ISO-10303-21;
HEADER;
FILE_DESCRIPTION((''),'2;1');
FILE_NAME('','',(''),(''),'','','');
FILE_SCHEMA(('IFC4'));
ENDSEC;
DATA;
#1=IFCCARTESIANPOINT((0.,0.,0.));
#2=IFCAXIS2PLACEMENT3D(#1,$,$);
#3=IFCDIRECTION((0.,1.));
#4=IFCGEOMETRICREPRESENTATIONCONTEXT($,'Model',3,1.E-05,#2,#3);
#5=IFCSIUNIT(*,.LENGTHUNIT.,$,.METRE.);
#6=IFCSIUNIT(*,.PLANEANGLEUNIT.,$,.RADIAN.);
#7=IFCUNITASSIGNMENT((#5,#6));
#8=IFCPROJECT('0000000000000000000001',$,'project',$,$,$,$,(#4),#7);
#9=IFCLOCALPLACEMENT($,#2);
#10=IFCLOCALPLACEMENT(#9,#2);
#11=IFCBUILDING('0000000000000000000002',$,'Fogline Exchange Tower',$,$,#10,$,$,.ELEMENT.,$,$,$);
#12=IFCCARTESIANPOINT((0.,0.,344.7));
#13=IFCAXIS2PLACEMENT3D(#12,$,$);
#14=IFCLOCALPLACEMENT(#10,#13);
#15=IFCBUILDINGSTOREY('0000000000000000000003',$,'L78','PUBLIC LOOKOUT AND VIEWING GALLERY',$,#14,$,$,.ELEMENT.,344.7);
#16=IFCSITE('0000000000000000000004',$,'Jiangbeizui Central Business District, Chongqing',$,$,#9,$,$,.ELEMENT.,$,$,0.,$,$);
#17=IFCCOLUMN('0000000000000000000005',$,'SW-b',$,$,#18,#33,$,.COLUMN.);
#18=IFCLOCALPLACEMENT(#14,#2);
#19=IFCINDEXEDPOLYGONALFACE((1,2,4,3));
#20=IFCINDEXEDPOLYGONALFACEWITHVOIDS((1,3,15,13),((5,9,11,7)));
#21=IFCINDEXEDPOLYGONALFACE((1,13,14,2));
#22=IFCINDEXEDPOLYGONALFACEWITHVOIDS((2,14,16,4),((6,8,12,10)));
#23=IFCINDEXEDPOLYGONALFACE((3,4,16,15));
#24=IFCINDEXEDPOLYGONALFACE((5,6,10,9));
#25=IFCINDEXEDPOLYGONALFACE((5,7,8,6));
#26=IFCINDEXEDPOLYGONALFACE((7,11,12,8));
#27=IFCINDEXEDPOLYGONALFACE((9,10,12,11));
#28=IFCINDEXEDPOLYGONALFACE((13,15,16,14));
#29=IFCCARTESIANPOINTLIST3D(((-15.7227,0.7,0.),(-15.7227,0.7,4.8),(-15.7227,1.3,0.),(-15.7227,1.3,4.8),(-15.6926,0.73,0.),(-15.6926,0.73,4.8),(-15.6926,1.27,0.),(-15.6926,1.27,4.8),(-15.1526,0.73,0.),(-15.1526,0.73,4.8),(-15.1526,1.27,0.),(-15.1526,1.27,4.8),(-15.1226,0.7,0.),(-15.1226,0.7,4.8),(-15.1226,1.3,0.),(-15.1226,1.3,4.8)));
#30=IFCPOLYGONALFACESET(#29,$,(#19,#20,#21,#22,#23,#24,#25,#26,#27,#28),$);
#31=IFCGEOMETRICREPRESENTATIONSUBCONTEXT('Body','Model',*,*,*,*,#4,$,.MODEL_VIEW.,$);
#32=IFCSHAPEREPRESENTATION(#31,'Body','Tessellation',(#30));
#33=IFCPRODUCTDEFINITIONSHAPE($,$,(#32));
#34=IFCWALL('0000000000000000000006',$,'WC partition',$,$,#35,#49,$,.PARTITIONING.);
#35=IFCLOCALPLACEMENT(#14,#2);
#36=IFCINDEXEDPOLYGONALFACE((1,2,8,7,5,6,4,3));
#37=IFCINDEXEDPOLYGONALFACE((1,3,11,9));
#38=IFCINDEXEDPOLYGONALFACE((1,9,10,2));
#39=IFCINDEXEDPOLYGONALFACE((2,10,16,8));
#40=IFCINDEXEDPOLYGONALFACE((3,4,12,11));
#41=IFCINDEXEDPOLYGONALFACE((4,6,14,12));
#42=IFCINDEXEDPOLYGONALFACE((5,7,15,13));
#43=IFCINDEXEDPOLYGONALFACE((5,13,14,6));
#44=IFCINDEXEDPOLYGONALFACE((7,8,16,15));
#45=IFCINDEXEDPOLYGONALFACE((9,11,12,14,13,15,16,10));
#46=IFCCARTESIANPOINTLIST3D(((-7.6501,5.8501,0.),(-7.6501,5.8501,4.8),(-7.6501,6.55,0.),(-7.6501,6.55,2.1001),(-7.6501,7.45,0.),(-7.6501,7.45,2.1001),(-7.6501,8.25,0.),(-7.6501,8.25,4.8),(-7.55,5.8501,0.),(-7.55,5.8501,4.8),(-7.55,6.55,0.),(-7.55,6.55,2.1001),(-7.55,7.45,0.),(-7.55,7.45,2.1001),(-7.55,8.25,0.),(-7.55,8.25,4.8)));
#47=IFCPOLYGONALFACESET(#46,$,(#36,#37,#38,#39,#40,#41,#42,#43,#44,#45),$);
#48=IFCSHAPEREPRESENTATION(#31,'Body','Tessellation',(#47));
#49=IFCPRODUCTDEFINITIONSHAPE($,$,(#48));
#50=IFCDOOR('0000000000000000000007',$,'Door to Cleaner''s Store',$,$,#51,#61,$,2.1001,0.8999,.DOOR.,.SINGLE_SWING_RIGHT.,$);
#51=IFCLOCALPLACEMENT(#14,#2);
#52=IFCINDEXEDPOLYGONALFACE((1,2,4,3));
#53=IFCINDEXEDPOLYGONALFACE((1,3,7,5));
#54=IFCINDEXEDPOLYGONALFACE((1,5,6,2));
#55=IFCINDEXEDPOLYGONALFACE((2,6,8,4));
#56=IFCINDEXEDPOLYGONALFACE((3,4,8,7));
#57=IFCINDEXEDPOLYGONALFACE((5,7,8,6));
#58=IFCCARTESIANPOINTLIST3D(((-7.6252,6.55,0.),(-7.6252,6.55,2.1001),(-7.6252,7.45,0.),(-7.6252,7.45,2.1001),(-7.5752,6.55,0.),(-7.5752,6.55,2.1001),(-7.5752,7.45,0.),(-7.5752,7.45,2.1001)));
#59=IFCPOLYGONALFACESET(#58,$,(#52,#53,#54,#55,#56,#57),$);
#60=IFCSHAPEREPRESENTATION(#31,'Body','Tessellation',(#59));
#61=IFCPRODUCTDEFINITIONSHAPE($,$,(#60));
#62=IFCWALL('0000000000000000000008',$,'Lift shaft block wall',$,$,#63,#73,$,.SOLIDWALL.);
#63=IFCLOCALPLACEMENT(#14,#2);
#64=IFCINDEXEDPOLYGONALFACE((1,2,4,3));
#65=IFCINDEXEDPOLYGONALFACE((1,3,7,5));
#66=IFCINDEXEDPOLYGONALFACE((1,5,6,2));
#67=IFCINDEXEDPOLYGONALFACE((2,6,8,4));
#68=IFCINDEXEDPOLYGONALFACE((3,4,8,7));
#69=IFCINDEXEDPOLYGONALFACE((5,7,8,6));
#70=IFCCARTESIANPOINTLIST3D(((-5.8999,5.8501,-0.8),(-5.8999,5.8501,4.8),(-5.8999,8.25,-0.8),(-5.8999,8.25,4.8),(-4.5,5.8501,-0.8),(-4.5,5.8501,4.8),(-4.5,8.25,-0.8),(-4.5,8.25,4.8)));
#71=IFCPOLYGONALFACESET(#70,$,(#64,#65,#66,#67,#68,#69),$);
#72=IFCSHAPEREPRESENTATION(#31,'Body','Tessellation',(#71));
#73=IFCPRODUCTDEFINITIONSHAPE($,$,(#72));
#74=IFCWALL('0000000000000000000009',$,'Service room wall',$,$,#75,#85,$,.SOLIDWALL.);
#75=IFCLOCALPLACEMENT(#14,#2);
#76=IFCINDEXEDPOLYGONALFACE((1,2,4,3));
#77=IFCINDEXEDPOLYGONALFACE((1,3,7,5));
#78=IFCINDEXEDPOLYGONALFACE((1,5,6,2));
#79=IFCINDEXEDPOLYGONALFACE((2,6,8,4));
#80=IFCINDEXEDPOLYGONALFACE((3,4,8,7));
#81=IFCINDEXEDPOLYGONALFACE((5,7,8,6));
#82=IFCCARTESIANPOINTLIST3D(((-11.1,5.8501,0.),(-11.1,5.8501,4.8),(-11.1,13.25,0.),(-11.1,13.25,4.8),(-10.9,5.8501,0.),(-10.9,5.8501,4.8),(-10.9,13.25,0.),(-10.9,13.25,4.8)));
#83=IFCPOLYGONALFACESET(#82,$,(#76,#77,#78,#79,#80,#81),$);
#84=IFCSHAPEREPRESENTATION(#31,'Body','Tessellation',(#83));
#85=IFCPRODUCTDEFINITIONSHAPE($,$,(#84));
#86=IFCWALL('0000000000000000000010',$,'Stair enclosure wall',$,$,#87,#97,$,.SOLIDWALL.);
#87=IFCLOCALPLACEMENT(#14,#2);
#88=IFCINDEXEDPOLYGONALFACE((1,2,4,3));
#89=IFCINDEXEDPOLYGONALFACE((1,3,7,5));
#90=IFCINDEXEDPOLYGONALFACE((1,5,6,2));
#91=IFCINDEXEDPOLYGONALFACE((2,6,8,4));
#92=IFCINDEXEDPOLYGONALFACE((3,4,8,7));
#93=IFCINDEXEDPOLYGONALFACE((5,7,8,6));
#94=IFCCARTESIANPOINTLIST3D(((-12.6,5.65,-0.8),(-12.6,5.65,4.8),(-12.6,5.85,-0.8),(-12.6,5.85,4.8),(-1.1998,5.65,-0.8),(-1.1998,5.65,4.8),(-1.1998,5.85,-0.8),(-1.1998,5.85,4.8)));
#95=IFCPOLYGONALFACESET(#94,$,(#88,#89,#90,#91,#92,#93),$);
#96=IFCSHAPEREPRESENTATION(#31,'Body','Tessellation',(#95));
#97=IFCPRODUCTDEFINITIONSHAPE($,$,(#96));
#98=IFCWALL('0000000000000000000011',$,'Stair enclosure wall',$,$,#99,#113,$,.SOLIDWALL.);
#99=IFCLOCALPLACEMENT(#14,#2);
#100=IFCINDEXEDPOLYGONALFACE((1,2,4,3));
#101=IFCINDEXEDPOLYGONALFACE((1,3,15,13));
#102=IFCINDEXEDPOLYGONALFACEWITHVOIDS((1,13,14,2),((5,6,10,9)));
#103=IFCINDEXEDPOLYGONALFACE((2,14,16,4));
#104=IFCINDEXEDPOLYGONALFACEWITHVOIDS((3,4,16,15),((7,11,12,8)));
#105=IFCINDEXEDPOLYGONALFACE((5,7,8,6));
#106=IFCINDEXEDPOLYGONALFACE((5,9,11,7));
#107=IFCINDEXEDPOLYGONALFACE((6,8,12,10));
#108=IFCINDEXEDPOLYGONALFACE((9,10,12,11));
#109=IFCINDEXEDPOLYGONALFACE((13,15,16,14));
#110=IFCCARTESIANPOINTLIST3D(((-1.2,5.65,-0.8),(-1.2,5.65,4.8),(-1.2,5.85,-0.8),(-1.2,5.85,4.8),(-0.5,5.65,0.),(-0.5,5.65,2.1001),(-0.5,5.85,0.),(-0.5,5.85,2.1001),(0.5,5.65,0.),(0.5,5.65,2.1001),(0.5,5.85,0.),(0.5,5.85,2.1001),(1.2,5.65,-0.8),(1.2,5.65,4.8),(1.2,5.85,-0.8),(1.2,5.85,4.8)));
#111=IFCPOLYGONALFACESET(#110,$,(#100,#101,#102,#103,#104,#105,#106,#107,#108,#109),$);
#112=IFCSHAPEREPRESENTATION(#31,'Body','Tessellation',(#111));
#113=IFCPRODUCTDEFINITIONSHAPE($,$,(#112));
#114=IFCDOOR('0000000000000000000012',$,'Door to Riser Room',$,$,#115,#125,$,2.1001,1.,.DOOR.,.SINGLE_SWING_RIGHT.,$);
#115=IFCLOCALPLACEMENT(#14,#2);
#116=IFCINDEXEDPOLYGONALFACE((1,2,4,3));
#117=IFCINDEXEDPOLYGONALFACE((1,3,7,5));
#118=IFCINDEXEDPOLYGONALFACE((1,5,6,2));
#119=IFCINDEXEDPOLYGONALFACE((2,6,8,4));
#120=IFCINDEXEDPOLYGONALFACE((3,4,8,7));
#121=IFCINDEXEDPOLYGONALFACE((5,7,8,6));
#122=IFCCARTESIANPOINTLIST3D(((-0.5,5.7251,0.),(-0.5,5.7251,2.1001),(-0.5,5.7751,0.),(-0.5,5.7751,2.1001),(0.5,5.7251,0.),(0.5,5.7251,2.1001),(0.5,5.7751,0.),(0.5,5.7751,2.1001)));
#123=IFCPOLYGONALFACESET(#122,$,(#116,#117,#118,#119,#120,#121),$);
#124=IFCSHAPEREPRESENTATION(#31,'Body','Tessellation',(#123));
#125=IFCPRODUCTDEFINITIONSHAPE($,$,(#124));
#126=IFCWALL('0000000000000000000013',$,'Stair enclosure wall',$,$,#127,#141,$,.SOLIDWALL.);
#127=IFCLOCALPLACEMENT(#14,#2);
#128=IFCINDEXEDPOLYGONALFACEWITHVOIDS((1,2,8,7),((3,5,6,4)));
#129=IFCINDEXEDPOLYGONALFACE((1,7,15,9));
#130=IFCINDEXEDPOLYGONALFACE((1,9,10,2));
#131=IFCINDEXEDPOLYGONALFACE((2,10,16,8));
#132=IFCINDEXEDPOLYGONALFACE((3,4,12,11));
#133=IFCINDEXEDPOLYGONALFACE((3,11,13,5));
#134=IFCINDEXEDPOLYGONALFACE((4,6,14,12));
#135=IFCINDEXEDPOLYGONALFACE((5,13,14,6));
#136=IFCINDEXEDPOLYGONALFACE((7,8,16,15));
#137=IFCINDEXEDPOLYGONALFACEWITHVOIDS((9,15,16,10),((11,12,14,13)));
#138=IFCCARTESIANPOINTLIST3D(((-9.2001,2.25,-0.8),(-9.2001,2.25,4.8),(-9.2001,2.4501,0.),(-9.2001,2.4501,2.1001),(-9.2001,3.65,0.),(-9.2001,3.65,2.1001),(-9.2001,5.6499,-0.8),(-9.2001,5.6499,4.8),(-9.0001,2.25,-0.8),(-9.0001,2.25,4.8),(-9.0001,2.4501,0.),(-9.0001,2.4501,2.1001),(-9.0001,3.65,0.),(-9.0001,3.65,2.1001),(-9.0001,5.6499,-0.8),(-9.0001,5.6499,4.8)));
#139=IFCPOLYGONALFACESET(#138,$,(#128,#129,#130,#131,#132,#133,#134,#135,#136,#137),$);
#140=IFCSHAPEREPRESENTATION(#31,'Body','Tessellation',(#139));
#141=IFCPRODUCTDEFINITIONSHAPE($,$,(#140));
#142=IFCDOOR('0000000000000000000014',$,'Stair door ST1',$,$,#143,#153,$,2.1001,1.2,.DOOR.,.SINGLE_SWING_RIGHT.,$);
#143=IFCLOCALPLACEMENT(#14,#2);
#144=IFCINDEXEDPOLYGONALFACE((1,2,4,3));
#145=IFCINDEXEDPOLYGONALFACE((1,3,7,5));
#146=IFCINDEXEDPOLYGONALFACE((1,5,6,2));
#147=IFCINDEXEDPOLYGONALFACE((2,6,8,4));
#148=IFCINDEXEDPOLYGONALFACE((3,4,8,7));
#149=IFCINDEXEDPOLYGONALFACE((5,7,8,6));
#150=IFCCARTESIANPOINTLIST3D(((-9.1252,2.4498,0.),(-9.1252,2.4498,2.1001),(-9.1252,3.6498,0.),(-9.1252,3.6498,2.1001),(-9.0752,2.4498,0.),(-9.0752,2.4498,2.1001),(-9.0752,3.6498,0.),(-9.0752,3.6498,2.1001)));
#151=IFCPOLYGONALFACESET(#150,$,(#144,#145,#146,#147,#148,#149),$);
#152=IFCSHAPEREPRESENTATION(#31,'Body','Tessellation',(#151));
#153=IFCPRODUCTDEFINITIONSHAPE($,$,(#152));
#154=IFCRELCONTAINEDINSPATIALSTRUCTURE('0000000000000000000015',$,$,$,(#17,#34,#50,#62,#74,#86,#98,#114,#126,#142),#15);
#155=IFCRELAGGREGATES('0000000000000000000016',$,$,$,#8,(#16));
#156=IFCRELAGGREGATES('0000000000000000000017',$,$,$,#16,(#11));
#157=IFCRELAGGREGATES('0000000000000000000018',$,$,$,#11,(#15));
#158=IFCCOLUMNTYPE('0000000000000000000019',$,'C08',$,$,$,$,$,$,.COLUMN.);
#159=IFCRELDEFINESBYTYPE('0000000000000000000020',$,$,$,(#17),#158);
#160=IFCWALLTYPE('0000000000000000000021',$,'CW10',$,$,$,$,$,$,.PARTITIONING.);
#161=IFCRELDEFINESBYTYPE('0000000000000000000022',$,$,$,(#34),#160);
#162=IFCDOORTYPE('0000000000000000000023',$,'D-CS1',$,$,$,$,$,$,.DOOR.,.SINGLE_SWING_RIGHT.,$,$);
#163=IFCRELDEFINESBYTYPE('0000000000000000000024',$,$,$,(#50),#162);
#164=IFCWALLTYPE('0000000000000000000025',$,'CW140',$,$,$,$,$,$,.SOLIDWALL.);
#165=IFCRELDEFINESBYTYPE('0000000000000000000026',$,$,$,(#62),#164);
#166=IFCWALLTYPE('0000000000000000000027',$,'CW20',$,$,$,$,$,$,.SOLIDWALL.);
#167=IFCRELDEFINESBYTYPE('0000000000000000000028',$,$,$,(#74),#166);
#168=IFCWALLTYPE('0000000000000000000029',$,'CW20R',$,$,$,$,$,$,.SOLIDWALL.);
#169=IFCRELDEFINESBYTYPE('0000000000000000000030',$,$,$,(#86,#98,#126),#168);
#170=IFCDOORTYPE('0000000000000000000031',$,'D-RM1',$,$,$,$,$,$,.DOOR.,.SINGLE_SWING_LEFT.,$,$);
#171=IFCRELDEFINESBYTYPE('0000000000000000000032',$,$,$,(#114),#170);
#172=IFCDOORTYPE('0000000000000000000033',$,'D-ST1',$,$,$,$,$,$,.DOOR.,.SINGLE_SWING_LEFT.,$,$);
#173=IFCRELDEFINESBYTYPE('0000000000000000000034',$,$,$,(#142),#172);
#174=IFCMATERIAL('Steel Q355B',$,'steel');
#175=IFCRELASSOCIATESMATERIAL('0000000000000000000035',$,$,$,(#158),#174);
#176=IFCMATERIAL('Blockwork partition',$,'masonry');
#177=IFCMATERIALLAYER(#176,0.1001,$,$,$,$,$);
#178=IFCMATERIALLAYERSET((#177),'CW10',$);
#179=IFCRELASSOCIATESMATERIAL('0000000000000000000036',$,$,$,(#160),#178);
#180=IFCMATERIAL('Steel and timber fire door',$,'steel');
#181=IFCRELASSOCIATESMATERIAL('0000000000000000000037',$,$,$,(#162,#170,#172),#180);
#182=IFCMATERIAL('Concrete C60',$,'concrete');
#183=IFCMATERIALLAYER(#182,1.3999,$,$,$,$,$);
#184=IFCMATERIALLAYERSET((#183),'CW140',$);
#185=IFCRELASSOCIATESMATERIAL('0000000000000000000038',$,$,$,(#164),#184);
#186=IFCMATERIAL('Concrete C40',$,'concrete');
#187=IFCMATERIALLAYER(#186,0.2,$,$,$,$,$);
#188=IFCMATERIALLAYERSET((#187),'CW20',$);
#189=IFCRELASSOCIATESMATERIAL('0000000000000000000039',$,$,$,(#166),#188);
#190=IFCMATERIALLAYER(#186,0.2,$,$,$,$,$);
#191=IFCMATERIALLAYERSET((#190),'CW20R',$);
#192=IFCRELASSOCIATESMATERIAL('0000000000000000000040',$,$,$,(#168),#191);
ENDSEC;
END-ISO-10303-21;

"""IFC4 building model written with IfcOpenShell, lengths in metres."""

from ifc_helpers import new_model, si_unit, direction, frame, frame_2d, origin, origin_2d, place, context, subcontext, project, spatial, rectangle, hollow_rectangle, extrude, material, layer, layer_set, material_profile, profile_set, type_object, element, fill, save


model = new_model("IFC4")

# Units and contexts
model_context = context("Model", 3, precision=1e-05, world=origin(), true_north=direction((0.0, 1.0)))
body_context = subcontext(model_context, "Body", "Model", "MODEL_VIEW")
ifc_project = project(units=[si_unit("LENGTHUNIT", "METRE"), si_unit("PLANEANGLEUNIT", "RADIAN")], contexts=[model_context])

# Site, building, storey
site_placement = place(None, origin())
site = spatial("IfcSite", under=ifc_project, at=site_placement, Name="Jiangbeizui Central Business District, Chongqing", CompositionType="ELEMENT", RefElevation=0.0)
building_placement = place(site_placement, origin())
building = spatial("IfcBuilding", under=site, at=building_placement, Name="Fogline Exchange Tower", CompositionType="ELEMENT")
storey_placement = place(building_placement, frame((0.0, 0.0, 344.7)))
storey = spatial("IfcBuildingStorey", under=building, at=storey_placement, Name="L78", Description="PUBLIC LOOKOUT AND VIEWING GALLERY", CompositionType="ELEMENT", Elevation=344.7)

# Column
ifc_material_1 = material(Name="Steel Q355B", Category="steel")
ifc_material_profile = material_profile(ifc_material_1, hollow_rectangle(XDim=0.6001, YDim=0.6001, WallThickness=0.03, at=origin_2d()), Name="BOX600X600X30")
ifc_profile_set = profile_set([ifc_material_profile], Name="Steel Q355B")
column_type = type_object("IfcColumnType", Name="C08", PredefinedType="COLUMN", material=ifc_profile_set)
column_placement = place(storey_placement, frame((-15.4226, 1.0, 0.0), z_axis=(0.0, 0.0, 1.0), x_axis=(1.0, 0.0, 0.0)))
element("IfcColumn", 1, at=column_placement, inside=storey, type_object=column_type, Name="SW-b", PredefinedType="COLUMN", context=body_context, shape_type="SweptSolid", body=[
    extrude(hollow_rectangle(XDim=0.6001, YDim=0.6001, WallThickness=0.03, at=origin_2d()), origin(), (0.0, 0.0, 1.0), 4.8),
])

# Wall, opening, door
ifc_material_2 = material(Name="Blockwork partition", Category="masonry")
ifc_layer_1 = layer(ifc_material_2, 0.1001)
ifc_layer_set_1 = layer_set([ifc_layer_1], Name="CW10")
wall_type_1 = type_object("IfcWallType", Name="CW10", PredefinedType="PARTITIONING", material=ifc_layer_set_1)
wall_1_placement = place(storey_placement, frame((-7.6001, 5.8501, 0.0), z_axis=(0.0, 0.0, 1.0), x_axis=(0.0, 1.0, 0.0)))
wall_1 = element("IfcWall", 2, at=wall_1_placement, inside=storey, type_object=wall_type_1, Name="WC partition", PredefinedType="PARTITIONING", context=body_context, shape_type="SweptSolid", body=[
    extrude(rectangle(XDim=2.3999, YDim=0.1001, at=frame_2d((1.2, 0.0))), origin(), (0.0, 0.0, 1.0), 4.8),
])
opening_1_placement = place(wall_1_placement, frame((0.7, 0.0, 0.0)))
opening_1 = element("IfcOpeningElement", 3, at=opening_1_placement, cuts=wall_1, PredefinedType="OPENING", context=body_context, shape_type="SweptSolid", body=[
    extrude(rectangle(XDim=0.8999, YDim=2.1001, at=frame_2d((0.45, 1.05))), frame((0.0, 0.0601, 0.0), z_axis=(0.0, -1.0, 0.0), x_axis=(1.0, 0.0, 0.0)), (0.0, 0.0, 1.0), 0.1201),
])
ifc_material_3 = material(Name="Steel and timber fire door", Category="steel")
door_type_1 = type_object("IfcDoorType", Name="D-CS1", OperationType="SINGLE_SWING_RIGHT", PredefinedType="DOOR", material=ifc_material_3)
door_1_placement = place(opening_1_placement, frame((0.8999, 0.0, 0.0), z_axis=(0.0, 0.0, 1.0), x_axis=(-1.0, 0.0, 0.0)))
door_1 = element("IfcDoor", 4, at=door_1_placement, inside=storey, type_object=door_type_1, Name="Door to Cleaner's Store", OperationType="SINGLE_SWING_RIGHT", OverallHeight=2.1001, OverallWidth=0.8999, PredefinedType="DOOR", context=body_context, shape_type="SweptSolid", body=[
    extrude(rectangle(XDim=0.8999, YDim=2.1001, at=frame_2d((0.45, 1.05))), frame((0.0, 0.0249, 0.0), z_axis=(0.0, -1.0, 0.0), x_axis=(1.0, 0.0, 0.0)), (0.0, 0.0, 1.0), 0.05),
])
fill(opening_1, door_1)

# Walls
ifc_material_4 = material(Name="Concrete C60", Category="concrete")
ifc_layer_2 = layer(ifc_material_4, 1.3999)
ifc_layer_set_2 = layer_set([ifc_layer_2], Name="CW140")
wall_type_2 = type_object("IfcWallType", Name="CW140", PredefinedType="SOLIDWALL", material=ifc_layer_set_2)
wall_2_placement = place(storey_placement, frame((-5.2, 5.8501, -0.8), z_axis=(0.0, 0.0, 1.0), x_axis=(0.0, 1.0, 0.0)))
element("IfcWall", 5, at=wall_2_placement, inside=storey, type_object=wall_type_2, Name="Lift shaft block wall", PredefinedType="SOLIDWALL", context=body_context, shape_type="SweptSolid", body=[
    extrude(rectangle(XDim=2.3999, YDim=1.3999, at=frame_2d((1.2, 0.0))), origin(), (0.0, 0.0, 1.0), 5.6001),
])
ifc_material_5 = material(Name="Concrete C40", Category="concrete")
ifc_layer_3 = layer(ifc_material_5, 0.2)
ifc_layer_set_3 = layer_set([ifc_layer_3], Name="CW20")
wall_type_3 = type_object("IfcWallType", Name="CW20", PredefinedType="SOLIDWALL", material=ifc_layer_set_3)
wall_3_placement = place(storey_placement, frame((-11.0, 5.8501, 0.0), z_axis=(0.0, 0.0, 1.0), x_axis=(0.0, 1.0, 0.0)))
element("IfcWall", 6, at=wall_3_placement, inside=storey, type_object=wall_type_3, Name="Service room wall", PredefinedType="SOLIDWALL", context=body_context, shape_type="SweptSolid", body=[
    extrude(rectangle(XDim=7.3999, YDim=0.2, at=frame_2d((3.7, 0.0))), origin(), (0.0, 0.0, 1.0), 4.8),
])
ifc_layer_4 = layer(ifc_material_5, 0.2)
ifc_layer_set_4 = layer_set([ifc_layer_4], Name="CW20R")
wall_type_4 = type_object("IfcWallType", Name="CW20R", PredefinedType="SOLIDWALL", material=ifc_layer_set_4)
wall_4_placement = place(storey_placement, frame((-12.6001, 5.75, -0.8), z_axis=(0.0, 0.0, 1.0), x_axis=(1.0, 0.0, 0.0)))
element("IfcWall", 7, at=wall_4_placement, inside=storey, type_object=wall_type_4, Name="Stair enclosure wall", PredefinedType="SOLIDWALL", context=body_context, shape_type="SweptSolid", body=[
    extrude(rectangle(XDim=11.4001, YDim=0.2, at=frame_2d((5.7002, 0.0))), origin(), (0.0, 0.0, 1.0), 5.6001),
])

# Walls, openings, doors
wall_5_placement = place(storey_placement, frame((-1.2, 5.75, -0.8), z_axis=(0.0, 0.0, 1.0), x_axis=(1.0, 0.0, 0.0)))
wall_5 = element("IfcWall", 8, at=wall_5_placement, inside=storey, type_object=wall_type_4, Name="Stair enclosure wall", PredefinedType="SOLIDWALL", context=body_context, shape_type="SweptSolid", body=[
    extrude(rectangle(XDim=2.3999, YDim=0.2, at=frame_2d((1.2, 0.0))), origin(), (0.0, 0.0, 1.0), 5.6001),
])
opening_2_placement = place(wall_5_placement, frame((0.7, 0.0, 0.8)))
opening_2 = element("IfcOpeningElement", 9, at=opening_2_placement, cuts=wall_5, PredefinedType="OPENING", context=body_context, shape_type="SweptSolid", body=[
    extrude(rectangle(XDim=1.0, YDim=2.1001, at=frame_2d((0.5, 1.05))), frame((0.0, 0.1099, 0.0), z_axis=(0.0, -1.0, 0.0), x_axis=(1.0, 0.0, 0.0)), (0.0, 0.0, 1.0), 0.22),
])
door_type_2 = type_object("IfcDoorType", Name="D-RM1", OperationType="SINGLE_SWING_LEFT", PredefinedType="DOOR", material=ifc_material_3)
door_2_placement = place(opening_2_placement, frame((1.0, 0.0, 0.0), z_axis=(0.0, 0.0, 1.0), x_axis=(-1.0, 0.0, 0.0)))
door_2 = element("IfcDoor", 10, at=door_2_placement, inside=storey, type_object=door_type_2, Name="Door to Riser Room", OperationType="SINGLE_SWING_RIGHT", OverallHeight=2.1001, OverallWidth=1.0, PredefinedType="DOOR", context=body_context, shape_type="SweptSolid", body=[
    extrude(rectangle(XDim=1.0, YDim=2.1001, at=frame_2d((0.5, 1.05))), frame((0.0, 0.0249, 0.0), z_axis=(0.0, -1.0, 0.0), x_axis=(1.0, 0.0, 0.0)), (0.0, 0.0, 1.0), 0.05),
])
fill(opening_2, door_2)
wall_6_placement = place(storey_placement, frame((-9.1001, 2.25, -0.8), z_axis=(0.0, 0.0, 1.0), x_axis=(0.0, 1.0, 0.0)))
wall_6 = element("IfcWall", 11, at=wall_6_placement, inside=storey, type_object=wall_type_4, Name="Stair enclosure wall", PredefinedType="SOLIDWALL", context=body_context, shape_type="SweptSolid", body=[
    extrude(rectangle(XDim=3.3999, YDim=0.2, at=frame_2d((1.7, 0.0))), origin(), (0.0, 0.0, 1.0), 5.6001),
])
opening_3_placement = place(wall_6_placement, frame((0.2, 0.0, 0.8)))
opening_3 = element("IfcOpeningElement", 12, at=opening_3_placement, cuts=wall_6, PredefinedType="OPENING", context=body_context, shape_type="SweptSolid", body=[
    extrude(rectangle(XDim=1.2, YDim=2.1001, at=frame_2d((0.6001, 1.05))), frame((0.0, 0.1099, 0.0), z_axis=(0.0, -1.0, 0.0), x_axis=(1.0, 0.0, 0.0)), (0.0, 0.0, 1.0), 0.22),
])
door_type_3 = type_object("IfcDoorType", Name="D-ST1", OperationType="SINGLE_SWING_LEFT", PredefinedType="DOOR", material=ifc_material_3)
door_3_placement = place(opening_3_placement, frame((1.2, 0.0, 0.0), z_axis=(0.0, 0.0, 1.0), x_axis=(-1.0, 0.0, 0.0)))
door_3 = element("IfcDoor", 13, at=door_3_placement, inside=storey, type_object=door_type_3, Name="Stair door ST1", OperationType="SINGLE_SWING_RIGHT", OverallHeight=2.1001, OverallWidth=1.2, PredefinedType="DOOR", context=body_context, shape_type="SweptSolid", body=[
    extrude(rectangle(XDim=1.2, YDim=2.1001, at=frame_2d((0.6001, 1.05))), frame((0.0, 0.0249, 0.0), z_axis=(0.0, -1.0, 0.0), x_axis=(1.0, 0.0, 0.0)), (0.0, 0.0, 1.0), 0.05),
])
fill(opening_3, door_3)

save(model, "model.ifc")
